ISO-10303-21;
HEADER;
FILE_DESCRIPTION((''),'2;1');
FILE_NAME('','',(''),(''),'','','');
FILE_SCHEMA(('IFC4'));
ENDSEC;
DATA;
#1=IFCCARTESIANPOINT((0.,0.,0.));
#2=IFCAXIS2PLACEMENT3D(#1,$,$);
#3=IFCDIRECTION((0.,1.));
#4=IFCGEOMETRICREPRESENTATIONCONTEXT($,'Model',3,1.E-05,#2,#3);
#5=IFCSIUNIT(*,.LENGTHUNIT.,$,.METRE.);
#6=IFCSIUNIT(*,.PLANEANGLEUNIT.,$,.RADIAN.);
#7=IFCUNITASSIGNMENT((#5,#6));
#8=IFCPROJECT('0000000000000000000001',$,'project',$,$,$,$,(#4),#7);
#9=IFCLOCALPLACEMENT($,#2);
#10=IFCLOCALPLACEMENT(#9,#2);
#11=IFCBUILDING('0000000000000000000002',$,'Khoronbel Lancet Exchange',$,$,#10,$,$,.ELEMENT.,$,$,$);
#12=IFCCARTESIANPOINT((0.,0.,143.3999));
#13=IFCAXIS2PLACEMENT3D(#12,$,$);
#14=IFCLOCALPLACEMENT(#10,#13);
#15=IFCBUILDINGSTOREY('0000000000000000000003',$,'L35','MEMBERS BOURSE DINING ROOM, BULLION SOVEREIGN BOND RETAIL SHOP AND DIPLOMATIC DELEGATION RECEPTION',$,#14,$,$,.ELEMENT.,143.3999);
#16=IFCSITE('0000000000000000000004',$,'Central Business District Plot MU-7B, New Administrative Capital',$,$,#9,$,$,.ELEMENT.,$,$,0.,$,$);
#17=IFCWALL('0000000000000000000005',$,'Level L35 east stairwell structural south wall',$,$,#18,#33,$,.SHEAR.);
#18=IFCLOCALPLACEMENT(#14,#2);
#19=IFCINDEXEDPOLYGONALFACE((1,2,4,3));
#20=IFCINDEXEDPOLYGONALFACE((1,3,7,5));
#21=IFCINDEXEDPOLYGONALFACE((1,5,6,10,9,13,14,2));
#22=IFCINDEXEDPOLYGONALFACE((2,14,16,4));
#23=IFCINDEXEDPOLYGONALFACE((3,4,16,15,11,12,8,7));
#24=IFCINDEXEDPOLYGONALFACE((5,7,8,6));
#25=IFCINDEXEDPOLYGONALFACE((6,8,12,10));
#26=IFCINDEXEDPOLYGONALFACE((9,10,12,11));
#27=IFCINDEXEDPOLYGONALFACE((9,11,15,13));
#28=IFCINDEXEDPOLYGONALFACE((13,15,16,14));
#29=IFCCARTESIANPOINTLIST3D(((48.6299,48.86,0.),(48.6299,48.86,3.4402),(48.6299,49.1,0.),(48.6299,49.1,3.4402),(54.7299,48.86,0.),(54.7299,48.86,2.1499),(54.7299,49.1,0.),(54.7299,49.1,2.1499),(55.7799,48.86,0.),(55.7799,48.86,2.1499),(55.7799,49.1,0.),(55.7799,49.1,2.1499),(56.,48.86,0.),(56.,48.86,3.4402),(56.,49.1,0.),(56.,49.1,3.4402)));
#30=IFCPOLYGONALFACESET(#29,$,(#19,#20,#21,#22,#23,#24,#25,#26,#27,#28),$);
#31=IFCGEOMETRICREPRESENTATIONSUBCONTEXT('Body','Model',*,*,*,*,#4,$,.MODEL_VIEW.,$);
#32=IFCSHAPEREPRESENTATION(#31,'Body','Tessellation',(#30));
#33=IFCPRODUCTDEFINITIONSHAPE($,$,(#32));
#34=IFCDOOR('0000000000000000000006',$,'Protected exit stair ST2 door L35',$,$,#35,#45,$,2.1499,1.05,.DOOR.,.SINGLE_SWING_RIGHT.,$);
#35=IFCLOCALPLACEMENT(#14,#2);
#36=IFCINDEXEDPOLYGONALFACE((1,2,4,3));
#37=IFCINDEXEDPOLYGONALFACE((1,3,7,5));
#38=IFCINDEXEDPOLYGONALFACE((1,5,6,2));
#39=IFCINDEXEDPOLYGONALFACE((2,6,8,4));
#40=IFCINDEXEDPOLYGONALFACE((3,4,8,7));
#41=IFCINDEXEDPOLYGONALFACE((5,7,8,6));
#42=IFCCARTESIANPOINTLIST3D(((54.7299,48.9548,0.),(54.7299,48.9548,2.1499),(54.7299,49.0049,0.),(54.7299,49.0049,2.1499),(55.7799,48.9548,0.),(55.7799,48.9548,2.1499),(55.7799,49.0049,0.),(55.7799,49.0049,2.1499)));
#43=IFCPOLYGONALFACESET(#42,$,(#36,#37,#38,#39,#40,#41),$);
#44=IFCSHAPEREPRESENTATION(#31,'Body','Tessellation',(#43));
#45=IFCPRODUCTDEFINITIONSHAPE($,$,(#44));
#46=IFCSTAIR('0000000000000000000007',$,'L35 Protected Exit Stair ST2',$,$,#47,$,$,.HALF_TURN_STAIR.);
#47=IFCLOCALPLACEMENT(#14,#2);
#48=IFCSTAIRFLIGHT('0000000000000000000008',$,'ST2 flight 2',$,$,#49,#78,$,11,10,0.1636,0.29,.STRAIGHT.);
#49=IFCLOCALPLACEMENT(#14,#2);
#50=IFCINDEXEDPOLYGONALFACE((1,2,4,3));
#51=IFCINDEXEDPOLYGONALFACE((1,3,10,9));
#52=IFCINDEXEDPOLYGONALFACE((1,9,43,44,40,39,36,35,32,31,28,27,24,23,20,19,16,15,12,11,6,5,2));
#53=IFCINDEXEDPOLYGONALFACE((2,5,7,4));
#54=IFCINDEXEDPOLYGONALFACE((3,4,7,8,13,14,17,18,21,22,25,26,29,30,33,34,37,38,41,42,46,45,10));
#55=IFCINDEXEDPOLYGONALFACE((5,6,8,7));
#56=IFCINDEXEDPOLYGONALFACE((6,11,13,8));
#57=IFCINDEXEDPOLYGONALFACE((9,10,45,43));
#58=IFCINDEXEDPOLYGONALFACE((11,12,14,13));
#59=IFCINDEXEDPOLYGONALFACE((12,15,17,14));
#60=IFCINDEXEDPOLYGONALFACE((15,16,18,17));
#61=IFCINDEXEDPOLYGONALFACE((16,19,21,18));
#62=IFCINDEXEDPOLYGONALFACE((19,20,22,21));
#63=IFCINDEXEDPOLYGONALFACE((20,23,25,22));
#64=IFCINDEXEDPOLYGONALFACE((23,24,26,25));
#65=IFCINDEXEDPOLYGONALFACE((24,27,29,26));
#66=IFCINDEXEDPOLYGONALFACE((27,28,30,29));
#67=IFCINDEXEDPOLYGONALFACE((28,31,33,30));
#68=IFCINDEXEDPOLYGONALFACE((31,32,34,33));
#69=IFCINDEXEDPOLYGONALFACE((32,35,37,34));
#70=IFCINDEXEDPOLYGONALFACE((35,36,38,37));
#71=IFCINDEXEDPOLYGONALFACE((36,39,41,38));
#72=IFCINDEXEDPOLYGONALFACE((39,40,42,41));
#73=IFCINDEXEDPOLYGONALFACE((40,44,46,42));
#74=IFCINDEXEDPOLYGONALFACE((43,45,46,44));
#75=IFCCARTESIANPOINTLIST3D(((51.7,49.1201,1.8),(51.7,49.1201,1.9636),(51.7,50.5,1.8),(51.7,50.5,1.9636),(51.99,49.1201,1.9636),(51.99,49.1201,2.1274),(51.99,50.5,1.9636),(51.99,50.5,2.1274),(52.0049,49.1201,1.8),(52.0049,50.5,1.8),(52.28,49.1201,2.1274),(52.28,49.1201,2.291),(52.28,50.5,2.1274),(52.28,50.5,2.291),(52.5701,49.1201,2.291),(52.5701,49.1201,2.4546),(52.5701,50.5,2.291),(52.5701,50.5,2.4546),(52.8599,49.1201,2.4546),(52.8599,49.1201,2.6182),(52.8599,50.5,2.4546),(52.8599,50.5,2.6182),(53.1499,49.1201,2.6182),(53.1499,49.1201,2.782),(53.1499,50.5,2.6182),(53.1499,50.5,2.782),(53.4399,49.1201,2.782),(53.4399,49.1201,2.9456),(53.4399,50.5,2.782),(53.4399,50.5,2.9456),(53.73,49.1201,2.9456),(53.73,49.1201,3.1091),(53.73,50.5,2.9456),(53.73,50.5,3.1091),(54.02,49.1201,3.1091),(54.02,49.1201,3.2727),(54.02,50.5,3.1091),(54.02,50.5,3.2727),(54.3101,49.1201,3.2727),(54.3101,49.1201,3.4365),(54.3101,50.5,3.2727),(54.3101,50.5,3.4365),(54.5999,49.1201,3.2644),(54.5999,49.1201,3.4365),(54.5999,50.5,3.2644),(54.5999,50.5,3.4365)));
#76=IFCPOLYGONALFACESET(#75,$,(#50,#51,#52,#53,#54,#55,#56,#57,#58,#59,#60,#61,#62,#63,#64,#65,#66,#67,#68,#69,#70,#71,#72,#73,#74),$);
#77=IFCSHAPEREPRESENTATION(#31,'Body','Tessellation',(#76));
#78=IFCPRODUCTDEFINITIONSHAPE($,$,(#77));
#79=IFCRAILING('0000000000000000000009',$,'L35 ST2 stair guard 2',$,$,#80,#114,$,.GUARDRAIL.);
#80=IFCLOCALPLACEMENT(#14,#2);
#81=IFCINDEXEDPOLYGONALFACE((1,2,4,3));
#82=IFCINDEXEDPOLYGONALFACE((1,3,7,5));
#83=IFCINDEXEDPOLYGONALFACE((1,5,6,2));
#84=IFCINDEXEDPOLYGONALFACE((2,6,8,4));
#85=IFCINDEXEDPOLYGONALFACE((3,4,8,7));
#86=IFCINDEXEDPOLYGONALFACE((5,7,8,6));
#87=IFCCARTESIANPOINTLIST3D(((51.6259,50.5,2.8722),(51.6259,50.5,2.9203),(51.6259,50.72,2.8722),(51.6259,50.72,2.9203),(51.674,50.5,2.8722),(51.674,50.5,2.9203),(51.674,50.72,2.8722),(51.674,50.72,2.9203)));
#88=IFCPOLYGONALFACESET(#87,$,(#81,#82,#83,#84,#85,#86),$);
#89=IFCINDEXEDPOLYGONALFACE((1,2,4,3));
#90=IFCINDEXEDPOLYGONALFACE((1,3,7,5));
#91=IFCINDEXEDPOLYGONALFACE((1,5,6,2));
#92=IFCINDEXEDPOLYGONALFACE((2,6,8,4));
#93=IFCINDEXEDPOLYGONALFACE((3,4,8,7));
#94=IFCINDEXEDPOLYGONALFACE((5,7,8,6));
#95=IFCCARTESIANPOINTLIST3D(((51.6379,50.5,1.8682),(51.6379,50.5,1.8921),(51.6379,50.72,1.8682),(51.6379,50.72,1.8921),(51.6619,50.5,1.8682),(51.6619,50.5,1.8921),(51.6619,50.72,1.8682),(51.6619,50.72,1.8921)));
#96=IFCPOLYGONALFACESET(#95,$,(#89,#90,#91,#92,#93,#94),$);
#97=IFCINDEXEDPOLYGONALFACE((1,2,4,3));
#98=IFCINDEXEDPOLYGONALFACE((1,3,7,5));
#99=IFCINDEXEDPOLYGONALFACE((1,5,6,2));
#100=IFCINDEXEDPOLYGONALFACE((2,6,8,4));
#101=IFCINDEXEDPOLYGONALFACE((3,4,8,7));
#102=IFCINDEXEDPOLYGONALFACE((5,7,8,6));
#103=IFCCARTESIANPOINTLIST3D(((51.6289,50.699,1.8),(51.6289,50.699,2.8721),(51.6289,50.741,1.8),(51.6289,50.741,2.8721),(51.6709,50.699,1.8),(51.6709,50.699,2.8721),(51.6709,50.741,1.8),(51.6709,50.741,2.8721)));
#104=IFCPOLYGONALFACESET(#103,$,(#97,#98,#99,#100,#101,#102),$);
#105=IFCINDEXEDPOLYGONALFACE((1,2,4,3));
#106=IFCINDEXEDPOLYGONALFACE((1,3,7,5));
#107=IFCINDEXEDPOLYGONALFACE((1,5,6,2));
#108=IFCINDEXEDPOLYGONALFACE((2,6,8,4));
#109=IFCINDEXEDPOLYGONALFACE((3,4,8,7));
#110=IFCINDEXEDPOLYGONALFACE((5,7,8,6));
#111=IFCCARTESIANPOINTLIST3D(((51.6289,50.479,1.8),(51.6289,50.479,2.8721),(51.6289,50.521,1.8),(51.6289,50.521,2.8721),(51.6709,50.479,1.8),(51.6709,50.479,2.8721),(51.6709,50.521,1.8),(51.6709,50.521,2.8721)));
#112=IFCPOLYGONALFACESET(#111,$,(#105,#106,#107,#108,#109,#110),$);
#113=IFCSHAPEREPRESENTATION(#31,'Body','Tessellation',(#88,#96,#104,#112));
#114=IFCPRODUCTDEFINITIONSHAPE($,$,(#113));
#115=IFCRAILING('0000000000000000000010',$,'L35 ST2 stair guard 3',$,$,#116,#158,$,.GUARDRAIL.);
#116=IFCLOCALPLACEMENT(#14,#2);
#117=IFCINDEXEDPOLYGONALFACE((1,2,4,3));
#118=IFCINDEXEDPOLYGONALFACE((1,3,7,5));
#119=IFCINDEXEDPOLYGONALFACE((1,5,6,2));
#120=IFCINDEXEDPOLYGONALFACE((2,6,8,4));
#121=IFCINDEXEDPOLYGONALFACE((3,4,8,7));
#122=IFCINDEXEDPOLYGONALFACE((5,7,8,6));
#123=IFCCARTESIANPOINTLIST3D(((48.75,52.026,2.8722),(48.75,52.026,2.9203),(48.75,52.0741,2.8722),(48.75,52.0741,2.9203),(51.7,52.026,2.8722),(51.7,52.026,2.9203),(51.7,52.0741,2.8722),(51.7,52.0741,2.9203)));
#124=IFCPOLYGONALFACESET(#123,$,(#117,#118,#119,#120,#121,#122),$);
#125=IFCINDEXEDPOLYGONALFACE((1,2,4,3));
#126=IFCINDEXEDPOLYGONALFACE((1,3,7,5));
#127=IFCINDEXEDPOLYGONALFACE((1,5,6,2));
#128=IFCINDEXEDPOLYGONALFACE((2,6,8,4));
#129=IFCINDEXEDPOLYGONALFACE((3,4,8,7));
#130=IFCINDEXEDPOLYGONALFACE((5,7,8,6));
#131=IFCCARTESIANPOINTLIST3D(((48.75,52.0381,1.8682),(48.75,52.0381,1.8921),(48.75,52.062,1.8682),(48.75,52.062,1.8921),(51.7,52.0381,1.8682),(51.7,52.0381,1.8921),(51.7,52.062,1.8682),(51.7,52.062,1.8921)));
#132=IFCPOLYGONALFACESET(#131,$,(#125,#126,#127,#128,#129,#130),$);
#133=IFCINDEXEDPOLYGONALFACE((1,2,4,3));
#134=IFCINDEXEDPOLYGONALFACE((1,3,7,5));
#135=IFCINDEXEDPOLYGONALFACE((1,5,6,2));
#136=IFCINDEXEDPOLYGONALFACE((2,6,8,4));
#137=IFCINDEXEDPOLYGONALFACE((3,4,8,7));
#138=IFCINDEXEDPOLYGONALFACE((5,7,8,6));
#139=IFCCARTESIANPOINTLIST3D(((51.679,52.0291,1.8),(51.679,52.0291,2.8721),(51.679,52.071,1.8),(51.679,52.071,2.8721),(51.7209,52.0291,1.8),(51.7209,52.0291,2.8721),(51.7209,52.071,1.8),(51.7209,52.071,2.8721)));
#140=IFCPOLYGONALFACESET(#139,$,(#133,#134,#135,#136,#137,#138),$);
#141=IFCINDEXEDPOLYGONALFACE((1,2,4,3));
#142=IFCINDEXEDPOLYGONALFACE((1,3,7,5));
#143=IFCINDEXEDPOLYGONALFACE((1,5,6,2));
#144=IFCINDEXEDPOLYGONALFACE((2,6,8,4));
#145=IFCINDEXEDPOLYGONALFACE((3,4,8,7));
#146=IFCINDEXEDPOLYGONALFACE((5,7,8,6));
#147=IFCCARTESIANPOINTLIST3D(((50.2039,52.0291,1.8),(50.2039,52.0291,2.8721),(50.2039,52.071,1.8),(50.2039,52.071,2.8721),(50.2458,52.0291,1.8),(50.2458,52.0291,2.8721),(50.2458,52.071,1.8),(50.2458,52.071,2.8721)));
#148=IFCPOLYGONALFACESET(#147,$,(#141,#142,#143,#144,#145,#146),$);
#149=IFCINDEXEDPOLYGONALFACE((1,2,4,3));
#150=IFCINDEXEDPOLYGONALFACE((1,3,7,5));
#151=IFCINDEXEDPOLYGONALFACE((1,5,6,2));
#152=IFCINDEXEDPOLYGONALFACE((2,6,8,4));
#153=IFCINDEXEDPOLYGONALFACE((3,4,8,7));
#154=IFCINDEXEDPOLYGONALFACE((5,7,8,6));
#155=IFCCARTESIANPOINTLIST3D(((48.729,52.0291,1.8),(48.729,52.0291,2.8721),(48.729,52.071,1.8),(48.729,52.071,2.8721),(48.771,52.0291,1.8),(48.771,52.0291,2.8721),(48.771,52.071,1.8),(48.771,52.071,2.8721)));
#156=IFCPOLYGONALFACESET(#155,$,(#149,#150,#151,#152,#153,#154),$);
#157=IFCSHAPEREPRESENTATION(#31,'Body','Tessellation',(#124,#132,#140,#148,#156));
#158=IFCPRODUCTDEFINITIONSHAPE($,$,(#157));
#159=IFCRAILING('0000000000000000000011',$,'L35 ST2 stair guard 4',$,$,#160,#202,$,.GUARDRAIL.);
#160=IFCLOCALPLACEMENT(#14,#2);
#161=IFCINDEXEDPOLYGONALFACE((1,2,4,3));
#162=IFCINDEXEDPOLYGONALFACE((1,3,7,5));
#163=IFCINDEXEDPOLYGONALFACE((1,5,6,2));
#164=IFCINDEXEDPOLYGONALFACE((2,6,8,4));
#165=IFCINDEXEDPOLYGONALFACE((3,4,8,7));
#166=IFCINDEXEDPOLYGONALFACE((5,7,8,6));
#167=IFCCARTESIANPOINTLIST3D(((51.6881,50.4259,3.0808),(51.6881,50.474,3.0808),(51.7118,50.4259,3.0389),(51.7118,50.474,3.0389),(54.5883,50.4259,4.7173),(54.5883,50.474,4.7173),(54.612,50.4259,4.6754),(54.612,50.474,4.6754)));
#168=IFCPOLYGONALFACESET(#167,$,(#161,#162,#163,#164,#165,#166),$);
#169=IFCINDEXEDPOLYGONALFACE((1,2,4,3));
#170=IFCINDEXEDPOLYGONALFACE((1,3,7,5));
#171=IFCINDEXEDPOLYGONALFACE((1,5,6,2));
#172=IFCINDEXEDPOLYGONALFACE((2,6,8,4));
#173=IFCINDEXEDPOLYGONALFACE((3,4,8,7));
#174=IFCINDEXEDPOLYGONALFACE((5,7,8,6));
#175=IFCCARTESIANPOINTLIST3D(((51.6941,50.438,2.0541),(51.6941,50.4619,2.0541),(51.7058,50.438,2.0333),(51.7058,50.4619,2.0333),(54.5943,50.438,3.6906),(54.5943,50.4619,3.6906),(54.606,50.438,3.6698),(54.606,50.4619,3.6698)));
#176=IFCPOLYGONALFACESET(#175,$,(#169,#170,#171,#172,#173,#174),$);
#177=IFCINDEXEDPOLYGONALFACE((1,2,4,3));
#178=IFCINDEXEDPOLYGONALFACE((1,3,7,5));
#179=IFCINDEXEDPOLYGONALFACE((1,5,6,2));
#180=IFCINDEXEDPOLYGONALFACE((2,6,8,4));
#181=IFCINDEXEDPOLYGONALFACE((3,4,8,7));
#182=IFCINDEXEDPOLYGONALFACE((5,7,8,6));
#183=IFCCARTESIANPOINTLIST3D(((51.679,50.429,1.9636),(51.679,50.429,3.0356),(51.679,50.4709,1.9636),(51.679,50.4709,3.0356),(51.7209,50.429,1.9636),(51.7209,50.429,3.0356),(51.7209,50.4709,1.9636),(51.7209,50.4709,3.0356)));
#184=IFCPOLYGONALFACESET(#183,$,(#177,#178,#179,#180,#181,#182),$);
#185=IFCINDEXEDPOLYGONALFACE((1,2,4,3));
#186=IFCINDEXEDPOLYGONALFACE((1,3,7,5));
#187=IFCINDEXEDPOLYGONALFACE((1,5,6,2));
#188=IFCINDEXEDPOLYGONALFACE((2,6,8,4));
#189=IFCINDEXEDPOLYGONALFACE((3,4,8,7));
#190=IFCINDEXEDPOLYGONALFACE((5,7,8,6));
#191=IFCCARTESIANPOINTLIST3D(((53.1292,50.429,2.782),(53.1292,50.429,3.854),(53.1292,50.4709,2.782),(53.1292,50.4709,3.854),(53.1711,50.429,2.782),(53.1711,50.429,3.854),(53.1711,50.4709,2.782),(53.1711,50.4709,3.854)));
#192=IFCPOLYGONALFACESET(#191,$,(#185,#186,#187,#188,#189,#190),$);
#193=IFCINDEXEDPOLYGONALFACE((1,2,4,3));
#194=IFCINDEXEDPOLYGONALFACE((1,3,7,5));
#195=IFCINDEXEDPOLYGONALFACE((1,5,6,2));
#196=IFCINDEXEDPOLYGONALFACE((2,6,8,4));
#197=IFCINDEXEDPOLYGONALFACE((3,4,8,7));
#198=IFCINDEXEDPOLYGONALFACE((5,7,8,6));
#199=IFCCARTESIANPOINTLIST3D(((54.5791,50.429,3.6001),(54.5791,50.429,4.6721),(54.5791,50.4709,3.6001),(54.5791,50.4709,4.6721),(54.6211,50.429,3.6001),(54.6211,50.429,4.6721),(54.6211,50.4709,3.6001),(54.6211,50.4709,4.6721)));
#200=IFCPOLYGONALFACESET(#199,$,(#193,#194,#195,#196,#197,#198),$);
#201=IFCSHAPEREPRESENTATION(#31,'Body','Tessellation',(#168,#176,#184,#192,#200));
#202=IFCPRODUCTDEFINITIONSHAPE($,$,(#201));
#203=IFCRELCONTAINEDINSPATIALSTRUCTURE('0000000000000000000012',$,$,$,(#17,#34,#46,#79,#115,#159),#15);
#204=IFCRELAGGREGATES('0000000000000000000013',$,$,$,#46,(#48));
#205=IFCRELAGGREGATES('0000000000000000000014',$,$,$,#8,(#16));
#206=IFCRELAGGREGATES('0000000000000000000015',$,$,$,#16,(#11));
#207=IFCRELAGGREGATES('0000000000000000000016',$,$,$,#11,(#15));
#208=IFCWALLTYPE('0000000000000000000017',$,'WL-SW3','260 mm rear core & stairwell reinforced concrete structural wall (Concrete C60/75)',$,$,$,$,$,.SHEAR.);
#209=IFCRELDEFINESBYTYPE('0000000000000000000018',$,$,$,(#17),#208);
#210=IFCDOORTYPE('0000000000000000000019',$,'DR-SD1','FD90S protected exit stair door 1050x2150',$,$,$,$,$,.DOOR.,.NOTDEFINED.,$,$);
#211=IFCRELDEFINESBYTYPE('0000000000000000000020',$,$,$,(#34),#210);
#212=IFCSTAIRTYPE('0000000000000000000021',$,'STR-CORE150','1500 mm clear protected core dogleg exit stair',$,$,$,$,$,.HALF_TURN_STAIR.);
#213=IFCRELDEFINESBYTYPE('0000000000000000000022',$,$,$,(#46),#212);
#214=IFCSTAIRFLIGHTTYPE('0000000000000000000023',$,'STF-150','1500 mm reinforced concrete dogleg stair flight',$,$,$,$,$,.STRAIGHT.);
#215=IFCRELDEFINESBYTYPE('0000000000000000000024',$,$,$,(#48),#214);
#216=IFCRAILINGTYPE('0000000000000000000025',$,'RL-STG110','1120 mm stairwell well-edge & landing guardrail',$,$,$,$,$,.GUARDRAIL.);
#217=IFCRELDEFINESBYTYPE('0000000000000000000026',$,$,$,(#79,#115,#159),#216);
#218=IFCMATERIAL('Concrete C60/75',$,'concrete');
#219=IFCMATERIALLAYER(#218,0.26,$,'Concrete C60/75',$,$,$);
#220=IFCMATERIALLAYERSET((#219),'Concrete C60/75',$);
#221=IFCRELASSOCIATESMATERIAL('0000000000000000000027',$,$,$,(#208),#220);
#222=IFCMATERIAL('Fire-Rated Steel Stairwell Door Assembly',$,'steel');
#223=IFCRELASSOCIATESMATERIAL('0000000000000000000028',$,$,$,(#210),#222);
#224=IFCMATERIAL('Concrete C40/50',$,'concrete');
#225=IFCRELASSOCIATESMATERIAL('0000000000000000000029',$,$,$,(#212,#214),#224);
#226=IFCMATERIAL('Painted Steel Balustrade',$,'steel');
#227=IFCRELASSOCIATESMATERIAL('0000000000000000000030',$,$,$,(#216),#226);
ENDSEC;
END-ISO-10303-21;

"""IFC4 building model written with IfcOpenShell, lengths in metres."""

from ifc_helpers import new_model, si_unit, direction, frame, frame_2d, origin, origin_2d, place, context, subcontext, project, spatial, polyline, rectangle, outline, extrude, material, layer, layer_set, type_object, element, fill, aggregate, save


model = new_model("IFC4")

# Units and contexts
model_context = context("Model", 3, precision=1e-05, world=origin(), true_north=direction((0.0, 1.0)))
body_context = subcontext(model_context, "Body", "Model", "MODEL_VIEW")
ifc_project = project(units=[si_unit("LENGTHUNIT", "METRE"), si_unit("PLANEANGLEUNIT", "RADIAN")], contexts=[model_context])

# Site, building, storey
site_placement = place(None, origin())
site = spatial("IfcSite", under=ifc_project, at=site_placement, Name="Central Business District Plot MU-7B, New Administrative Capital", CompositionType="ELEMENT", RefElevation=0.0)
building_placement = place(site_placement, origin())
building = spatial("IfcBuilding", under=site, at=building_placement, Name="Khoronbel Lancet Exchange", CompositionType="ELEMENT")
storey_placement = place(building_placement, frame((0.0, 0.0, 143.3999)))
storey = spatial("IfcBuildingStorey", under=building, at=storey_placement, Name="L35", Description="MEMBERS BOURSE DINING ROOM, BULLION SOVEREIGN BOND RETAIL SHOP AND DIPLOMATIC DELEGATION RECEPTION", CompositionType="ELEMENT", Elevation=143.3999)

# Wall, opening, door
ifc_material_1 = material(Name="Concrete C60/75", Category="concrete")
ifc_layer_1 = layer(ifc_material_1, 0.26, Name="Concrete C60/75")
ifc_layer_set_1 = layer_set([ifc_layer_1], Name="Concrete C60/75")
wall_type_1 = type_object("IfcWallType", Name="WL-SW3", Description="260 mm rear core & stairwell reinforced concrete structural wall (Concrete C60/75)", PredefinedType="SHEAR", material=ifc_layer_set_1)
wall_1_placement = place(storey_placement, frame((48.6299, 48.98, 0.0), z_axis=(0.0, 0.0, 1.0), x_axis=(1.0, 0.0, 0.0)))
wall_1 = element("IfcWall", 1, at=wall_1_placement, inside=storey, type_object=wall_type_1, Name="Level L35 east stairwell structural south wall", PredefinedType="SHEAR", context=body_context, shape_type="SweptSolid", body=[
    extrude(rectangle(XDim=7.3701, YDim=0.24, at=frame_2d((3.6851, 0.0))), origin(), (0.0, 0.0, 1.0), 3.4402),
])
opening_1_placement = place(wall_1_placement, frame((6.1001, 0.0, 0.0)))
opening_1 = element("IfcOpeningElement", 2, at=opening_1_placement, cuts=wall_1, PredefinedType="OPENING", context=body_context, shape_type="SweptSolid", body=[
    extrude(rectangle(XDim=1.05, YDim=2.1499, at=frame_2d((0.5249, 1.075))), frame((0.0, 0.1299, 0.0), z_axis=(0.0, -1.0, 0.0), x_axis=(1.0, 0.0, 0.0)), (0.0, 0.0, 1.0), 0.26),
])
ifc_material_2 = material(Name="Fire-Rated Steel Stairwell Door Assembly", Category="steel")
door_type_1 = type_object("IfcDoorType", Name="DR-SD1", Description="FD90S protected exit stair door 1050x2150", OperationType="NOTDEFINED", PredefinedType="DOOR", material=ifc_material_2)
door_1_placement = place(opening_1_placement, origin())
door_1 = element("IfcDoor", 3, at=door_1_placement, inside=storey, type_object=door_type_1, Name="Protected exit stair ST2 door L35", OperationType="SINGLE_SWING_RIGHT", OverallHeight=2.1499, OverallWidth=1.05, PredefinedType="DOOR", context=body_context, shape_type="SweptSolid", body=[
    extrude(rectangle(XDim=1.05, YDim=2.1499, at=frame_2d((0.5249, 1.075))), frame((0.0, 0.0249, 0.0), z_axis=(0.0, -1.0, 0.0), x_axis=(1.0, 0.0, 0.0)), (0.0, 0.0, 1.0), 0.05),
])
fill(opening_1, door_1)

# Stair, stair flight
ifc_material_3 = material(Name="Concrete C40/50", Category="concrete")
stair_type = type_object("IfcStairType", Name="STR-CORE150", Description="1500 mm clear protected core dogleg exit stair", PredefinedType="HALF_TURN_STAIR", material=ifc_material_3)
stair_placement = place(storey_placement, origin())
stair = element("IfcStair", 4, at=stair_placement, inside=storey, type_object=stair_type, Name="L35 Protected Exit Stair ST2", PredefinedType="HALF_TURN_STAIR")
stair_flight_type = type_object("IfcStairFlightType", Name="STF-150", Description="1500 mm reinforced concrete dogleg stair flight", PredefinedType="STRAIGHT", material=ifc_material_3)
stair_flight_placement = place(storey_placement, frame((51.7, 49.8101, 1.8), z_axis=(0.0, 0.0, 1.0), x_axis=(1.0, 0.0, 0.0)))
stair_flight = element("IfcStairFlight", 5, at=stair_flight_placement, type_object=stair_flight_type, Name="ST2 flight 2", NumberOfRisers=11, NumberOfTreads=10, PredefinedType="STRAIGHT", RiserHeight=0.1636, TreadLength=0.29, context=body_context, shape_type="SweptSolid", body=[
    extrude(outline(polyline([(0.0, 0.0), (0.0, 0.1636), (0.29, 0.1636), (0.29, 0.3274), (0.5801, 0.3274), (0.5801, 0.491), (0.8701, 0.491), (0.8701, 0.6545), (1.1599, 0.6545), (1.1599, 0.8181), (1.45, 0.8181), (1.45, 0.9819), (1.74, 0.9819), (1.74, 1.1455), (2.03, 1.1455), (2.03, 1.3091), (2.3201, 1.3091), (2.3201, 1.4727), (2.6101, 1.4727), (2.6101, 1.6365), (2.8999, 1.6365), (2.8999, 1.8), (2.8999, 1.4644), (0.3049, 0.0), (0.0, 0.0)])), frame((0.0, 0.6899, 0.0), z_axis=(0.0, -1.0, 0.0), x_axis=(1.0, 0.0, 0.0)), (0.0, 0.0, 1.0), 1.3799),
])
aggregate(stair, [stair_flight])

# Railings
ifc_material_4 = material(Name="Painted Steel Balustrade", Category="steel")
railing_type_1 = type_object("IfcRailingType", Name="RL-STG110", Description="1120 mm stairwell well-edge & landing guardrail", PredefinedType="GUARDRAIL", material=ifc_material_4)
railing_1_placement = place(storey_placement, frame((51.6499, 50.72, 1.8)))
element("IfcRailing", 6, at=railing_1_placement, inside=storey, type_object=railing_type_1, Name="L35 ST2 stair guard 2", PredefinedType="GUARDRAIL", context=body_context, shape_type="SweptSolid", body=[
    extrude(rectangle(XDim=0.0481, YDim=0.0481, at=origin_2d()), frame((0.0, 0.0, 1.0962), z_axis=(0.0, -1.0, 0.0), x_axis=(1.0, 0.0, 0.0)), (0.0, 0.0, 1.0), 0.22),
    extrude(rectangle(XDim=0.0239, YDim=0.0239, at=origin_2d()), frame((0.0, 0.0, 0.0801), z_axis=(0.0, -1.0, 0.0), x_axis=(1.0, 0.0, 0.0)), (0.0, 0.0, 1.0), 0.22),
    extrude(rectangle(XDim=0.042, YDim=0.042, at=origin_2d()), origin(), (0.0, 0.0, 1.0), 1.072),
    extrude(rectangle(XDim=0.042, YDim=0.042, at=origin_2d()), frame((0.0, -0.22, 0.0)), (0.0, 0.0, 1.0), 1.072),
])
railing_2_placement = place(storey_placement, frame((51.7, 52.05, 1.8)))
element("IfcRailing", 7, at=railing_2_placement, inside=storey, type_object=railing_type_1, Name="L35 ST2 stair guard 3", PredefinedType="GUARDRAIL", context=body_context, shape_type="SweptSolid", body=[
    extrude(rectangle(XDim=0.0481, YDim=0.0481, at=origin_2d()), frame((0.0, 0.0, 1.0962), z_axis=(-1.0, 0.0, 0.0), x_axis=(0.0, -1.0, 0.0)), (0.0, 0.0, 1.0), 2.95),
    extrude(rectangle(XDim=0.0239, YDim=0.0239, at=origin_2d()), frame((0.0, 0.0, 0.0801), z_axis=(-1.0, 0.0, 0.0), x_axis=(0.0, -1.0, 0.0)), (0.0, 0.0, 1.0), 2.95),
    extrude(rectangle(XDim=0.042, YDim=0.042, at=origin_2d()), origin(), (0.0, 0.0, 1.0), 1.072),
    extrude(rectangle(XDim=0.042, YDim=0.042, at=origin_2d()), frame((-1.4751, 0.0, 0.0)), (0.0, 0.0, 1.0), 1.072),
    extrude(rectangle(XDim=0.042, YDim=0.042, at=origin_2d()), frame((-2.95, 0.0, 0.0)), (0.0, 0.0, 1.0), 1.072),
])
railing_3_placement = place(storey_placement, frame((51.7, 50.45, 1.9636)))
element("IfcRailing", 8, at=railing_3_placement, inside=storey, type_object=railing_type_1, Name="L35 ST2 stair guard 4", PredefinedType="GUARDRAIL", context=body_context, shape_type="SweptSolid", body=[
    extrude(rectangle(XDim=0.0481, YDim=0.0481, at=origin_2d()), frame((0.0, 0.0, 1.0962), z_axis=(0.870915, 0.0, 0.491434), x_axis=(0.0, 1.0, 0.0)), (0.0, 0.0, 1.0), 3.3301),
    extrude(rectangle(XDim=0.0239, YDim=0.0239, at=origin_2d()), frame((0.0, 0.0, 0.0801), z_axis=(0.870915, 0.0, 0.491434), x_axis=(0.0, 1.0, 0.0)), (0.0, 0.0, 1.0), 3.3301),
    extrude(rectangle(XDim=0.042, YDim=0.042, at=origin_2d()), origin(), (0.0, 0.0, 1.0), 1.072),
    extrude(rectangle(XDim=0.042, YDim=0.042, at=origin_2d()), frame((1.4502, 0.0, 0.8184)), (0.0, 0.0, 1.0), 1.072),
    extrude(rectangle(XDim=0.042, YDim=0.042, at=origin_2d()), frame((2.9001, 0.0, 1.6365)), (0.0, 0.0, 1.0), 1.072),
])

save(model, "model.ifc")
